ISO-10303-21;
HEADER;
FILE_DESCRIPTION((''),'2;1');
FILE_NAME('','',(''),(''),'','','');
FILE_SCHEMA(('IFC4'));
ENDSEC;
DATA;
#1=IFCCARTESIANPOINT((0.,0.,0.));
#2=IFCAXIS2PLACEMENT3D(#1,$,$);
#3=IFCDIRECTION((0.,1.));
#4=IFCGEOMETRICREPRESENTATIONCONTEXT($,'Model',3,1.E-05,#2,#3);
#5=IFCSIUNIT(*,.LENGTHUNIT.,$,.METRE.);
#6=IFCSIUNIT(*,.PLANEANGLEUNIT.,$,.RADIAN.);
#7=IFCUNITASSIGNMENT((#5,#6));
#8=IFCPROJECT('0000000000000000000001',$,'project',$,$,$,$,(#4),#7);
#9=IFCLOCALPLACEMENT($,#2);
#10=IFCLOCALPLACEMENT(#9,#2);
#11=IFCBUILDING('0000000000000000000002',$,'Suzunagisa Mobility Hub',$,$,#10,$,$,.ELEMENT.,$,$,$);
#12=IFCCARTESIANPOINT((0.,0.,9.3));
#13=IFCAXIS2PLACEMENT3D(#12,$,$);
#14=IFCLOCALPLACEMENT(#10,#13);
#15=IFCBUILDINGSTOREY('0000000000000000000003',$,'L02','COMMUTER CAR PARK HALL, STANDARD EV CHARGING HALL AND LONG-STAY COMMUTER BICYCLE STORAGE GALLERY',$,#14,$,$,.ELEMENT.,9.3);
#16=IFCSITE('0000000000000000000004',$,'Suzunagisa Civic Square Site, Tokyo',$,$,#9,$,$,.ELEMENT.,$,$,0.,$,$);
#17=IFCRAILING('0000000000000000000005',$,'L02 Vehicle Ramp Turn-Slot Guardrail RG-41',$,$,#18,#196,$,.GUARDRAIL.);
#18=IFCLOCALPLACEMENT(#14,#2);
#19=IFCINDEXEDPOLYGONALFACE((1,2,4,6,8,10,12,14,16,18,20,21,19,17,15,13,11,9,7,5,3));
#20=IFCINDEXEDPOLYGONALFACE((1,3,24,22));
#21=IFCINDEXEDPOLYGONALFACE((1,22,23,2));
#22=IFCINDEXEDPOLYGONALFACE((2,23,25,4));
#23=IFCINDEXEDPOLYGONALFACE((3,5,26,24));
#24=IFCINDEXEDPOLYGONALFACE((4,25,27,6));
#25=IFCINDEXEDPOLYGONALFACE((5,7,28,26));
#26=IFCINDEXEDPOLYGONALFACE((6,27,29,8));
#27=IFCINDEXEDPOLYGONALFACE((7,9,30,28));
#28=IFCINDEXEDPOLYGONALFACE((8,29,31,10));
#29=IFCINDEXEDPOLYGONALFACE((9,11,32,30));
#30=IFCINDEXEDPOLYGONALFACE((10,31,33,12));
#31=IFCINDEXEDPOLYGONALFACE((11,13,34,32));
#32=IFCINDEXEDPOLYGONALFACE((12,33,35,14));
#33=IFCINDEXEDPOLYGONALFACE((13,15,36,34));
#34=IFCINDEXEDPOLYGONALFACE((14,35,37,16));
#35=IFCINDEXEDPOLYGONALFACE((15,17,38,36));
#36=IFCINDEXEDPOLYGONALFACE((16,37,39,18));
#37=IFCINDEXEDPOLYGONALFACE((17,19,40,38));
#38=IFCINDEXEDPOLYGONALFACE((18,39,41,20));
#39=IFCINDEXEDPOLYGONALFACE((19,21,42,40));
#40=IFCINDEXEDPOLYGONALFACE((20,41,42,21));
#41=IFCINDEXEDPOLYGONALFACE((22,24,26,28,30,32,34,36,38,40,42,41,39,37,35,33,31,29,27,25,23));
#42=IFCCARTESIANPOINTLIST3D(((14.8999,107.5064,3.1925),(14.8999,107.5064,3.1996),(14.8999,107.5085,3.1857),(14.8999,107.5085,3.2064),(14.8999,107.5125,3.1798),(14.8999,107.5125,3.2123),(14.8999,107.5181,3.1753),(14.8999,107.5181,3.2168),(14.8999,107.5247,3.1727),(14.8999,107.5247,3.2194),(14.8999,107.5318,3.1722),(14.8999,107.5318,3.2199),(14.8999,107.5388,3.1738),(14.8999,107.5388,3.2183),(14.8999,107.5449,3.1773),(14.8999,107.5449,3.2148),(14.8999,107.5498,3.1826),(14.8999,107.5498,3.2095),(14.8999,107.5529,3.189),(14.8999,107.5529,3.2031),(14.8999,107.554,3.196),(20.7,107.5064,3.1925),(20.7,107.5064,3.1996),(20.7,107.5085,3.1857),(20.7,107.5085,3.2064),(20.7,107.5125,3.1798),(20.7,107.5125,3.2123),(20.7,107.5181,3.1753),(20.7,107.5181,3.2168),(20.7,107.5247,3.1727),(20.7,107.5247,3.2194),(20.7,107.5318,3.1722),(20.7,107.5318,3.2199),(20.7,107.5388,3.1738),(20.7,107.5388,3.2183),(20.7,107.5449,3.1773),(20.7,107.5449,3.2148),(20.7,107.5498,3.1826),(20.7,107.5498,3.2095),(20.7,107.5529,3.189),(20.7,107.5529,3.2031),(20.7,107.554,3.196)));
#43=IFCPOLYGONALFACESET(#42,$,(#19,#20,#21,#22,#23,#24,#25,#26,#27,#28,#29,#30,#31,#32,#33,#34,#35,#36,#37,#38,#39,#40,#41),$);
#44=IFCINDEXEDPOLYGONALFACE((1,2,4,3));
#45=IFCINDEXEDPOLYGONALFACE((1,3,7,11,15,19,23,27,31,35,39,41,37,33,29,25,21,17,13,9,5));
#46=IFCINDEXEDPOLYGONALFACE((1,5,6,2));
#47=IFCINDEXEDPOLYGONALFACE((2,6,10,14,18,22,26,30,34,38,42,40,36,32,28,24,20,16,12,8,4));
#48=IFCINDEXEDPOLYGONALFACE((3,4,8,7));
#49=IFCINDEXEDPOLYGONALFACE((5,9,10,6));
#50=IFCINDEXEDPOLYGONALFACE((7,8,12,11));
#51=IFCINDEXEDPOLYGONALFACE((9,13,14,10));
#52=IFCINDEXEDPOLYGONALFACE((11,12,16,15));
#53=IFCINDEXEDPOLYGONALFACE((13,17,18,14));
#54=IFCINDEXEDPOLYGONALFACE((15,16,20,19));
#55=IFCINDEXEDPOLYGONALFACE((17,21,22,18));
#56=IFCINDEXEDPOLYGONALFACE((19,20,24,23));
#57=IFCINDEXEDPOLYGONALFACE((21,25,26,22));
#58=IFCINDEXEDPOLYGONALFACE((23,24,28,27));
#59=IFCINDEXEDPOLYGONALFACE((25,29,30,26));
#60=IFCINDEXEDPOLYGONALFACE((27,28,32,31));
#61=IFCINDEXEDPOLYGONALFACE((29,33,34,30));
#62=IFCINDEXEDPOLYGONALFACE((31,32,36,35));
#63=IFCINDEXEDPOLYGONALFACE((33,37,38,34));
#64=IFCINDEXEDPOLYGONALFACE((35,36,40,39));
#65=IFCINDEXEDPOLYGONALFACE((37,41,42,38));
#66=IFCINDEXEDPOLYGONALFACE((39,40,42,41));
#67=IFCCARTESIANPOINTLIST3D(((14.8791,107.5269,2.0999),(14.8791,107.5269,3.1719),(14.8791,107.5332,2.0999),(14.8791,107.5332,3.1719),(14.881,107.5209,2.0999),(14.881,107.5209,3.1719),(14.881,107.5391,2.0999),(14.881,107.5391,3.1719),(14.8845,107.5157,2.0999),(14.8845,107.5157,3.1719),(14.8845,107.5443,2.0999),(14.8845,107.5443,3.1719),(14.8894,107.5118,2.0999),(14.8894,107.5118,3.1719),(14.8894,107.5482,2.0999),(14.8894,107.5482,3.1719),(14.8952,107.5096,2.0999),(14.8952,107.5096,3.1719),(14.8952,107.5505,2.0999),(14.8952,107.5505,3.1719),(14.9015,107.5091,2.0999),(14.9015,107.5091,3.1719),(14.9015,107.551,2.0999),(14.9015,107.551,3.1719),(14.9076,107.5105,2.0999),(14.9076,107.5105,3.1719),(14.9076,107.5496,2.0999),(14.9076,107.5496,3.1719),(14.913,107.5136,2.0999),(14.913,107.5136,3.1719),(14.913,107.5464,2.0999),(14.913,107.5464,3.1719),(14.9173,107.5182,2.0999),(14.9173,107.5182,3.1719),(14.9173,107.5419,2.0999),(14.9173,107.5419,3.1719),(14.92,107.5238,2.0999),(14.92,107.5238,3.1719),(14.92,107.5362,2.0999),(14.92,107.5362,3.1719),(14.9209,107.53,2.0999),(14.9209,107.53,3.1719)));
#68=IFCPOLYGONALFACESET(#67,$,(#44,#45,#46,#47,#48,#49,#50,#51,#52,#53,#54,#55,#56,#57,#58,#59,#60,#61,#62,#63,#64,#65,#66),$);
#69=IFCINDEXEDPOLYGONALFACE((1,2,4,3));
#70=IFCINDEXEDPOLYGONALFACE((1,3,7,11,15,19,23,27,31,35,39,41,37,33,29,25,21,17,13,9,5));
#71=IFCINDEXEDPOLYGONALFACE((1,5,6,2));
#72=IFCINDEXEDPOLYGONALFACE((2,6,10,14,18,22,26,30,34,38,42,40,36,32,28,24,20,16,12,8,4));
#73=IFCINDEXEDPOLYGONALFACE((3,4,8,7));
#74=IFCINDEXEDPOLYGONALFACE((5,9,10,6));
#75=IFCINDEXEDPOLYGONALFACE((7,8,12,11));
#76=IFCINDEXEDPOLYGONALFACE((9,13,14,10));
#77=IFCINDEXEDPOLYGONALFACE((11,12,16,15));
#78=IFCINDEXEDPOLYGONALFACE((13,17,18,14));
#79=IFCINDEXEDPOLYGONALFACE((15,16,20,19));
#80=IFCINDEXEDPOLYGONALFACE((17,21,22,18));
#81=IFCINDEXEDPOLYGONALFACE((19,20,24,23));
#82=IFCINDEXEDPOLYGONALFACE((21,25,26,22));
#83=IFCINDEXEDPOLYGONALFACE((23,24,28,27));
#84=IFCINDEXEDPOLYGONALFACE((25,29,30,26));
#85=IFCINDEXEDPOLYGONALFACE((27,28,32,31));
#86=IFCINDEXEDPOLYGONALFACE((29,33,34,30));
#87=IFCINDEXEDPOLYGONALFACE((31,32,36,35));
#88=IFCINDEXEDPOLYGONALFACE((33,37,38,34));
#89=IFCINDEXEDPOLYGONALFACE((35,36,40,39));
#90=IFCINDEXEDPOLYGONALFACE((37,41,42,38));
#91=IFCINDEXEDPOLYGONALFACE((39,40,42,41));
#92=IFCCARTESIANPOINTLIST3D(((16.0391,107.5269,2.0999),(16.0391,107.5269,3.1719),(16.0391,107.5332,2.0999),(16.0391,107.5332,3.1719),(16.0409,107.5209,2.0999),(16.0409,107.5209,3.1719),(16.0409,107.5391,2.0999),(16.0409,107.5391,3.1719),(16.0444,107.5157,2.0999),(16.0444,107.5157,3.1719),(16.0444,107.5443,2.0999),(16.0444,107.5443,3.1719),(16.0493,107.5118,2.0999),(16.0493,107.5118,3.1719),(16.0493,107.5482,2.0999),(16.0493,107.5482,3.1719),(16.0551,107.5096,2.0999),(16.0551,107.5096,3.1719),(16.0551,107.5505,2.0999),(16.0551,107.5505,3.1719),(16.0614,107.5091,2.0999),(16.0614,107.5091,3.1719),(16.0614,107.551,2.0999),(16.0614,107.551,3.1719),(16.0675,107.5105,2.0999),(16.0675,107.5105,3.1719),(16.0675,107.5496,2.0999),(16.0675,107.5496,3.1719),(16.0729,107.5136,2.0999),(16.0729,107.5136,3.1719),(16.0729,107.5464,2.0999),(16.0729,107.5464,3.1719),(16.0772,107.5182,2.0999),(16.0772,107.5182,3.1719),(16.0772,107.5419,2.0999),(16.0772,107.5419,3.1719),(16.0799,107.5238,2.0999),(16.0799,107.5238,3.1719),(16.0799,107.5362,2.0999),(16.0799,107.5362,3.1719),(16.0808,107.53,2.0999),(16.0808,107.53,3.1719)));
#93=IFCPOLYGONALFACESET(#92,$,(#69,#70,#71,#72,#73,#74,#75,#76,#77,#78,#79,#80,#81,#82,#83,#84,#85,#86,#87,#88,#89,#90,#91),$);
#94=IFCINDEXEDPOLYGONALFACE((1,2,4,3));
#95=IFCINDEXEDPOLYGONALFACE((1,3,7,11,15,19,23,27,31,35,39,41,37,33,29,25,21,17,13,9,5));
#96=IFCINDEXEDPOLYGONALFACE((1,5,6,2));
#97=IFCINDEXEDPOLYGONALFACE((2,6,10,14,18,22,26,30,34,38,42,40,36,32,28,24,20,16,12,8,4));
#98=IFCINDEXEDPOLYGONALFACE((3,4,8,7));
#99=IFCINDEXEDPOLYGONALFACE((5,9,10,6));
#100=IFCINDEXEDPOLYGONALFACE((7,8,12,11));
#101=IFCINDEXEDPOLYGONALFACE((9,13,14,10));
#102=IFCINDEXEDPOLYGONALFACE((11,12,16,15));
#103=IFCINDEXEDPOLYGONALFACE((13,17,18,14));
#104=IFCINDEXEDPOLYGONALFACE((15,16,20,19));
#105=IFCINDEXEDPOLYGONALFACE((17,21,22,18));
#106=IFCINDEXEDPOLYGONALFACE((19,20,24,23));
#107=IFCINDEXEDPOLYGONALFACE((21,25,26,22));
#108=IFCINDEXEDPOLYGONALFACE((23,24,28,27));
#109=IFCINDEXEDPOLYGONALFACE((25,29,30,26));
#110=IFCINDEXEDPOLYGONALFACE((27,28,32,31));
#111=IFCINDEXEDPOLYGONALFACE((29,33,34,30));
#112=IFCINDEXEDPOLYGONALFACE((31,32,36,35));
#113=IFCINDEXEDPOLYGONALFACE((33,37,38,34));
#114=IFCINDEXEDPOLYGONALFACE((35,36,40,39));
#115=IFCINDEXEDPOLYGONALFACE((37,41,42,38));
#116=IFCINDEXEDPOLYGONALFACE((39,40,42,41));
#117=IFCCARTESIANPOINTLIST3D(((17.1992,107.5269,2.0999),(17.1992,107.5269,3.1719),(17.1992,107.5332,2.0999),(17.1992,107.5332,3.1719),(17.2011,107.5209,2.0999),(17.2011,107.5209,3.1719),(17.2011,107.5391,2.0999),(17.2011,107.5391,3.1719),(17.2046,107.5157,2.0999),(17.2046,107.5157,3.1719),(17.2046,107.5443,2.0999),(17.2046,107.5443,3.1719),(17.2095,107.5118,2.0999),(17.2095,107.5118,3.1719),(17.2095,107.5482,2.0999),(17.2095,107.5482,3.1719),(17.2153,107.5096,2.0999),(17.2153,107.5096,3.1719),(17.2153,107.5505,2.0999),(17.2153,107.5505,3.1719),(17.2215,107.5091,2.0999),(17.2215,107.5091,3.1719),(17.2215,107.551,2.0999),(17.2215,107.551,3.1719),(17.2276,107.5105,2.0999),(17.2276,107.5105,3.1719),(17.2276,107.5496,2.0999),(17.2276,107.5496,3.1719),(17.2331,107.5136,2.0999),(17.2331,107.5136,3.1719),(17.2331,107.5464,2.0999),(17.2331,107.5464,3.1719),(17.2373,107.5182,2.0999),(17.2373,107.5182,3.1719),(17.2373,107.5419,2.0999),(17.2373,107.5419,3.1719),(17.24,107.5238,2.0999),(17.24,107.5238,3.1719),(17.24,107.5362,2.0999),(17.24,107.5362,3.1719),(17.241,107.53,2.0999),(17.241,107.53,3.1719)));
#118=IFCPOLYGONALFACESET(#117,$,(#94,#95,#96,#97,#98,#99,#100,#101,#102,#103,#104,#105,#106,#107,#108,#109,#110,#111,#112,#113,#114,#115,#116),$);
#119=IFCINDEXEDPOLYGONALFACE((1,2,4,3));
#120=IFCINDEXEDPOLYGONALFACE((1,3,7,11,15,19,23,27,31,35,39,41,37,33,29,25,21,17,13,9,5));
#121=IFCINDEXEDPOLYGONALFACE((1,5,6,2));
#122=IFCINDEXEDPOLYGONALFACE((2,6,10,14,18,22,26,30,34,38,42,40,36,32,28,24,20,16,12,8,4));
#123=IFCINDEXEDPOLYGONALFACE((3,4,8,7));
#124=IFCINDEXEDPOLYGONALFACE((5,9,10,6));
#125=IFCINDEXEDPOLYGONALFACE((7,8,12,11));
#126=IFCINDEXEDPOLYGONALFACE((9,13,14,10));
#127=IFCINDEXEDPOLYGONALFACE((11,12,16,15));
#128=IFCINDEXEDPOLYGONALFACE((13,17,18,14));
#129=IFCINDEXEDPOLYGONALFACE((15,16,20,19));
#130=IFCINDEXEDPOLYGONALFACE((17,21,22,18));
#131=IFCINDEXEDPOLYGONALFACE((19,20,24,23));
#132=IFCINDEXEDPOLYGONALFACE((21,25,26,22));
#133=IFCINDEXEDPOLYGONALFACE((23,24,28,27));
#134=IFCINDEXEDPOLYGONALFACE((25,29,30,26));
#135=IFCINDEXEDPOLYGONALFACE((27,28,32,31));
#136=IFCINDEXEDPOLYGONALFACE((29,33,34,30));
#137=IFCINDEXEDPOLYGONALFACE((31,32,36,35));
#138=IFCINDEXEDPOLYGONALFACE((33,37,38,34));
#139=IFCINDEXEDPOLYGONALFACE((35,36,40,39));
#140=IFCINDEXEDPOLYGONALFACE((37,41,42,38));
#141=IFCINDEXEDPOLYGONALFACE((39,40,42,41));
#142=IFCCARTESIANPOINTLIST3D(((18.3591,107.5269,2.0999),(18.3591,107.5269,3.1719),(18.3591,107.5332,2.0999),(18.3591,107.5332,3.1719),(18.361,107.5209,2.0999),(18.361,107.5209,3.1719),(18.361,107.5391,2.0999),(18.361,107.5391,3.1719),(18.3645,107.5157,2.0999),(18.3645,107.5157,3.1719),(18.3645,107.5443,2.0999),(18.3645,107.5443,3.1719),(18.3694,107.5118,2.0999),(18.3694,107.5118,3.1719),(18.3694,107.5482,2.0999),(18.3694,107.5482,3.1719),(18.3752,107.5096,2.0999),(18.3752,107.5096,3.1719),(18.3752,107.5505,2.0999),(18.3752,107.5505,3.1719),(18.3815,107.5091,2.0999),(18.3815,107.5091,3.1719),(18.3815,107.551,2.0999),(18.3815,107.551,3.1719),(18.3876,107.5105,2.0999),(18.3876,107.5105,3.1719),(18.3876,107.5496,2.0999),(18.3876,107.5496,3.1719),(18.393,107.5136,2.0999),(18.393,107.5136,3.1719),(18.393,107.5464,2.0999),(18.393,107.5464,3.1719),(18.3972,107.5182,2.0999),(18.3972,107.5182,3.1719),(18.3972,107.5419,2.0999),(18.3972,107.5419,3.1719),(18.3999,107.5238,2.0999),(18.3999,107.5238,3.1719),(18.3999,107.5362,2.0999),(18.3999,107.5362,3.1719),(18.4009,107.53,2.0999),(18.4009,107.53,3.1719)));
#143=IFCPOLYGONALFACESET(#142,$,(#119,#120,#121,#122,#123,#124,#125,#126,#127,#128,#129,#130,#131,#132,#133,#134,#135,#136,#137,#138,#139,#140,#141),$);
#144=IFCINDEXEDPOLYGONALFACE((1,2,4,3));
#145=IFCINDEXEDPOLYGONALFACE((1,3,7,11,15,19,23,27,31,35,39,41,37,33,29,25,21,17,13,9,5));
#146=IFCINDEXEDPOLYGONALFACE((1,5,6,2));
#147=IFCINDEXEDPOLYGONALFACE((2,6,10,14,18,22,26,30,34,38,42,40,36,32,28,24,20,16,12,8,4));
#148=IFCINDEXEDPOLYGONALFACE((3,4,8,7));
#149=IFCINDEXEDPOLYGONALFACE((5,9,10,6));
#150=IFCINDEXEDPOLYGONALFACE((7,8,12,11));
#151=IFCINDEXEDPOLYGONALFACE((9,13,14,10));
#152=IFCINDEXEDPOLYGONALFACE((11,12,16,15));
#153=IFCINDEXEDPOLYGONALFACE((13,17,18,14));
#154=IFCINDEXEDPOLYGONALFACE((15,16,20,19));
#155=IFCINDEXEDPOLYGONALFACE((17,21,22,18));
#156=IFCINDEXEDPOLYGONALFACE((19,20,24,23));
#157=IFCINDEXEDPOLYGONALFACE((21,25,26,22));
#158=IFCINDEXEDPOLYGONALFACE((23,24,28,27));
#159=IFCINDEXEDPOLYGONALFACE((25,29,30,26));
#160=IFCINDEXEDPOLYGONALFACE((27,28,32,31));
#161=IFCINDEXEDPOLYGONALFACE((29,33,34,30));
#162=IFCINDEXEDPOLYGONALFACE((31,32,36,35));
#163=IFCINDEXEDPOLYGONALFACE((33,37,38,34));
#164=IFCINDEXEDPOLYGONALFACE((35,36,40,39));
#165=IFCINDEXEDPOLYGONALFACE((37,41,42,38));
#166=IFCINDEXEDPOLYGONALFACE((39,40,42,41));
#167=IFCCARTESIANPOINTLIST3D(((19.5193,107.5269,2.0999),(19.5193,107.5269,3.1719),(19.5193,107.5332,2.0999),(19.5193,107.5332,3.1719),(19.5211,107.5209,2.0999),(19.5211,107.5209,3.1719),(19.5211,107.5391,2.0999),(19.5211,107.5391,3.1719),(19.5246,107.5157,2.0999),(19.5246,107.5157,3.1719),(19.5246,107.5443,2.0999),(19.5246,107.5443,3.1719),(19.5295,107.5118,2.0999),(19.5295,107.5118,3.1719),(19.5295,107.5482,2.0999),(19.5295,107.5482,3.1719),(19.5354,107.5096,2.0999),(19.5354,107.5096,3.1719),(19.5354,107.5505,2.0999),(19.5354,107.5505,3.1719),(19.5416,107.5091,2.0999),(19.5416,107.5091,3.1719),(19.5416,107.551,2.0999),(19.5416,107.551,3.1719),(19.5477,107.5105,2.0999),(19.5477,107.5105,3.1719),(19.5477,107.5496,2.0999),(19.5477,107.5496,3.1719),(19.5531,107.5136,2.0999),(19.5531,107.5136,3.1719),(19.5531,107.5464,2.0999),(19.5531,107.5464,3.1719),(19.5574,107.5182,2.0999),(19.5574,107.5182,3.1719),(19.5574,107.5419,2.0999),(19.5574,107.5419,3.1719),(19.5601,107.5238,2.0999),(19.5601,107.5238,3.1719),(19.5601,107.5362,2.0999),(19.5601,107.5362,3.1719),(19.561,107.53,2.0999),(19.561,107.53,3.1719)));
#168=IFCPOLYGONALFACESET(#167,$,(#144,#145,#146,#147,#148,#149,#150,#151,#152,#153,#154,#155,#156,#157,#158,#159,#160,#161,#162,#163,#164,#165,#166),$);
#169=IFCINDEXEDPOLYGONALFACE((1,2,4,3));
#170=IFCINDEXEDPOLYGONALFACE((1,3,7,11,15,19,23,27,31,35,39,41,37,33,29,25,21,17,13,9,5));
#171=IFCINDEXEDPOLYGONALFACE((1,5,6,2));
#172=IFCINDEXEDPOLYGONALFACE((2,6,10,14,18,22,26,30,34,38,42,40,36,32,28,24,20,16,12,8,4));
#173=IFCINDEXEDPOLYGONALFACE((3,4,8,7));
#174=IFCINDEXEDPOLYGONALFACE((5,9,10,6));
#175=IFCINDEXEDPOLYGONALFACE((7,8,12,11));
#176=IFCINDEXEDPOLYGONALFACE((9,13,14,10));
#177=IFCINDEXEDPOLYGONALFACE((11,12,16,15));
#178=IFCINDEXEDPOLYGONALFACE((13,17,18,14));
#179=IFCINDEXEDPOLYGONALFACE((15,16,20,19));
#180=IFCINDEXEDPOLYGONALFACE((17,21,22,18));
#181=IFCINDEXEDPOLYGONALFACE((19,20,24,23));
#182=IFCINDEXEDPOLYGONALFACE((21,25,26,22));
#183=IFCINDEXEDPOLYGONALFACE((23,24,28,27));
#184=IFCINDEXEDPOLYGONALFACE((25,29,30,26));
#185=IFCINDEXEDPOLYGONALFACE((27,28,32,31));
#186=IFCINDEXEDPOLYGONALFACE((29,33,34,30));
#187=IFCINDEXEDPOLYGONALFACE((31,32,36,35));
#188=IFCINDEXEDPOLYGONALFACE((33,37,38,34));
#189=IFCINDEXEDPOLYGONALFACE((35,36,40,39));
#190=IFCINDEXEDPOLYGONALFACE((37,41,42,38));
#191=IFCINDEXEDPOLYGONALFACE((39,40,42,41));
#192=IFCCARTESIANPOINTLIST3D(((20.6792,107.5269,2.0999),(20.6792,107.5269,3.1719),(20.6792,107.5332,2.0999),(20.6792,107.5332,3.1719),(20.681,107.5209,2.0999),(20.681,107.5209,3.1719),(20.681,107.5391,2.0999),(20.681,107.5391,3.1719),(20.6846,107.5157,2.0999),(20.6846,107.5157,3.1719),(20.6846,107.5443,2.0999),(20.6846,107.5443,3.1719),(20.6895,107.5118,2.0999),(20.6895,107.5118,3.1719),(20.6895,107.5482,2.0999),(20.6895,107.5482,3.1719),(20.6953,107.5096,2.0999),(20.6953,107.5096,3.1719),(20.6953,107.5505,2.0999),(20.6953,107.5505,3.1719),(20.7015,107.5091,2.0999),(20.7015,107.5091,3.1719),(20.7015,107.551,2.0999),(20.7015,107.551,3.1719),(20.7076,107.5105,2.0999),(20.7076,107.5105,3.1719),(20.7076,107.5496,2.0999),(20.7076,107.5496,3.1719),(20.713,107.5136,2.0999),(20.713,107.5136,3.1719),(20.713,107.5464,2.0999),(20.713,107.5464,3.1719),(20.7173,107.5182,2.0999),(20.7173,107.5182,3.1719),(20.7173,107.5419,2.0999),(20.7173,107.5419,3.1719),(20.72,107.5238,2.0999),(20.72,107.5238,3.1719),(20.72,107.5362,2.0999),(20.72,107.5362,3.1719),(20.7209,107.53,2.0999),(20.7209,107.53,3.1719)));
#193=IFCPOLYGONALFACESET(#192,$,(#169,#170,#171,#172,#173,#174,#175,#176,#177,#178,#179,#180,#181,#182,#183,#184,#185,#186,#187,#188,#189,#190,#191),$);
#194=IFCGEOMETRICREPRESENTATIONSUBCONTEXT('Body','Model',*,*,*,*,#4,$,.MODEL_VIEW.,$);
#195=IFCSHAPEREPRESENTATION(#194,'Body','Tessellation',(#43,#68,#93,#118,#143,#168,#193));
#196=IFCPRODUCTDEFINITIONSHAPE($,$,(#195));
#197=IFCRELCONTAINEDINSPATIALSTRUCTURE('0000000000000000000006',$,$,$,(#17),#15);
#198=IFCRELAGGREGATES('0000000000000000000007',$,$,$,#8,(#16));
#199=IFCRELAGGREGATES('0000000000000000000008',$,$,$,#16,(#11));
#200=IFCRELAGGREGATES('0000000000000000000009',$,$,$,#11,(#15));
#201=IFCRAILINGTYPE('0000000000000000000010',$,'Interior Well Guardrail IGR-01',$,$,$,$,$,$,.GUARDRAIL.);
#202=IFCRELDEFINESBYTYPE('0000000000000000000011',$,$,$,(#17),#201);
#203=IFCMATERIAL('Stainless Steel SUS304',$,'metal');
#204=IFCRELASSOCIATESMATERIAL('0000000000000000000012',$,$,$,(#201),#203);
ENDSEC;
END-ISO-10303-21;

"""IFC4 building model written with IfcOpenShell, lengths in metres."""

from ifc_helpers import new_model, si_unit, direction, frame, origin, origin_2d, place, context, subcontext, project, spatial, circle, extrude, material, type_object, element, save


model = new_model("IFC4")

# Units and contexts
model_context = context("Model", 3, precision=1e-05, world=origin(), true_north=direction((0.0, 1.0)))
body_context = subcontext(model_context, "Body", "Model", "MODEL_VIEW")
ifc_project = project(units=[si_unit("LENGTHUNIT", "METRE"), si_unit("PLANEANGLEUNIT", "RADIAN")], contexts=[model_context])

# Site, building, storey
site_placement = place(None, origin())
site = spatial("IfcSite", under=ifc_project, at=site_placement, Name="Suzunagisa Civic Square Site, Tokyo", CompositionType="ELEMENT", RefElevation=0.0)
building_placement = place(site_placement, origin())
building = spatial("IfcBuilding", under=site, at=building_placement, Name="Suzunagisa Mobility Hub", CompositionType="ELEMENT")
storey_placement = place(building_placement, frame((0.0, 0.0, 9.3)))
storey = spatial("IfcBuildingStorey", under=building, at=storey_placement, Name="L02", Description="COMMUTER CAR PARK HALL, STANDARD EV CHARGING HALL AND LONG-STAY COMMUTER BICYCLE STORAGE GALLERY", CompositionType="ELEMENT", Elevation=9.3)

# Railing
ifc_material_1 = material(Name="Stainless Steel SUS304", Category="metal")
railing_type_1 = type_object("IfcRailingType", Name="Interior Well Guardrail IGR-01", PredefinedType="GUARDRAIL", material=ifc_material_1)
railing_1_placement = place(storey_placement, frame((14.8999, 107.53, 2.0999)))
element("IfcRailing", 1, at=railing_1_placement, inside=storey, type_object=railing_type_1, Name="L02 Vehicle Ramp Turn-Slot Guardrail RG-41", PredefinedType="GUARDRAIL", context=body_context, shape_type="SweptSolid", body=[
    extrude(circle(Radius=0.0239, at=origin_2d()), frame((0.0, 0.0, 1.0962), z_axis=(1.0, 0.0, 0.0), x_axis=(0.0, 1.0, 0.0)), (0.0, 0.0, 1.0), 5.8),
    extrude(circle(Radius=0.021, at=origin_2d()), origin(), (0.0, 0.0, 1.0), 1.072),
    extrude(circle(Radius=0.021, at=origin_2d()), frame((1.1599, 0.0, 0.0)), (0.0, 0.0, 1.0), 1.072),
    extrude(circle(Radius=0.021, at=origin_2d()), frame((2.3201, 0.0, 0.0)), (0.0, 0.0, 1.0), 1.072),
    extrude(circle(Radius=0.021, at=origin_2d()), frame((3.48, 0.0, 0.0)), (0.0, 0.0, 1.0), 1.072),
    extrude(circle(Radius=0.021, at=origin_2d()), frame((4.6401, 0.0, 0.0)), (0.0, 0.0, 1.0), 1.072),
    extrude(circle(Radius=0.021, at=origin_2d()), frame((5.8, 0.0, 0.0)), (0.0, 0.0, 1.0), 1.072),
])

save(model, "model.ifc")
